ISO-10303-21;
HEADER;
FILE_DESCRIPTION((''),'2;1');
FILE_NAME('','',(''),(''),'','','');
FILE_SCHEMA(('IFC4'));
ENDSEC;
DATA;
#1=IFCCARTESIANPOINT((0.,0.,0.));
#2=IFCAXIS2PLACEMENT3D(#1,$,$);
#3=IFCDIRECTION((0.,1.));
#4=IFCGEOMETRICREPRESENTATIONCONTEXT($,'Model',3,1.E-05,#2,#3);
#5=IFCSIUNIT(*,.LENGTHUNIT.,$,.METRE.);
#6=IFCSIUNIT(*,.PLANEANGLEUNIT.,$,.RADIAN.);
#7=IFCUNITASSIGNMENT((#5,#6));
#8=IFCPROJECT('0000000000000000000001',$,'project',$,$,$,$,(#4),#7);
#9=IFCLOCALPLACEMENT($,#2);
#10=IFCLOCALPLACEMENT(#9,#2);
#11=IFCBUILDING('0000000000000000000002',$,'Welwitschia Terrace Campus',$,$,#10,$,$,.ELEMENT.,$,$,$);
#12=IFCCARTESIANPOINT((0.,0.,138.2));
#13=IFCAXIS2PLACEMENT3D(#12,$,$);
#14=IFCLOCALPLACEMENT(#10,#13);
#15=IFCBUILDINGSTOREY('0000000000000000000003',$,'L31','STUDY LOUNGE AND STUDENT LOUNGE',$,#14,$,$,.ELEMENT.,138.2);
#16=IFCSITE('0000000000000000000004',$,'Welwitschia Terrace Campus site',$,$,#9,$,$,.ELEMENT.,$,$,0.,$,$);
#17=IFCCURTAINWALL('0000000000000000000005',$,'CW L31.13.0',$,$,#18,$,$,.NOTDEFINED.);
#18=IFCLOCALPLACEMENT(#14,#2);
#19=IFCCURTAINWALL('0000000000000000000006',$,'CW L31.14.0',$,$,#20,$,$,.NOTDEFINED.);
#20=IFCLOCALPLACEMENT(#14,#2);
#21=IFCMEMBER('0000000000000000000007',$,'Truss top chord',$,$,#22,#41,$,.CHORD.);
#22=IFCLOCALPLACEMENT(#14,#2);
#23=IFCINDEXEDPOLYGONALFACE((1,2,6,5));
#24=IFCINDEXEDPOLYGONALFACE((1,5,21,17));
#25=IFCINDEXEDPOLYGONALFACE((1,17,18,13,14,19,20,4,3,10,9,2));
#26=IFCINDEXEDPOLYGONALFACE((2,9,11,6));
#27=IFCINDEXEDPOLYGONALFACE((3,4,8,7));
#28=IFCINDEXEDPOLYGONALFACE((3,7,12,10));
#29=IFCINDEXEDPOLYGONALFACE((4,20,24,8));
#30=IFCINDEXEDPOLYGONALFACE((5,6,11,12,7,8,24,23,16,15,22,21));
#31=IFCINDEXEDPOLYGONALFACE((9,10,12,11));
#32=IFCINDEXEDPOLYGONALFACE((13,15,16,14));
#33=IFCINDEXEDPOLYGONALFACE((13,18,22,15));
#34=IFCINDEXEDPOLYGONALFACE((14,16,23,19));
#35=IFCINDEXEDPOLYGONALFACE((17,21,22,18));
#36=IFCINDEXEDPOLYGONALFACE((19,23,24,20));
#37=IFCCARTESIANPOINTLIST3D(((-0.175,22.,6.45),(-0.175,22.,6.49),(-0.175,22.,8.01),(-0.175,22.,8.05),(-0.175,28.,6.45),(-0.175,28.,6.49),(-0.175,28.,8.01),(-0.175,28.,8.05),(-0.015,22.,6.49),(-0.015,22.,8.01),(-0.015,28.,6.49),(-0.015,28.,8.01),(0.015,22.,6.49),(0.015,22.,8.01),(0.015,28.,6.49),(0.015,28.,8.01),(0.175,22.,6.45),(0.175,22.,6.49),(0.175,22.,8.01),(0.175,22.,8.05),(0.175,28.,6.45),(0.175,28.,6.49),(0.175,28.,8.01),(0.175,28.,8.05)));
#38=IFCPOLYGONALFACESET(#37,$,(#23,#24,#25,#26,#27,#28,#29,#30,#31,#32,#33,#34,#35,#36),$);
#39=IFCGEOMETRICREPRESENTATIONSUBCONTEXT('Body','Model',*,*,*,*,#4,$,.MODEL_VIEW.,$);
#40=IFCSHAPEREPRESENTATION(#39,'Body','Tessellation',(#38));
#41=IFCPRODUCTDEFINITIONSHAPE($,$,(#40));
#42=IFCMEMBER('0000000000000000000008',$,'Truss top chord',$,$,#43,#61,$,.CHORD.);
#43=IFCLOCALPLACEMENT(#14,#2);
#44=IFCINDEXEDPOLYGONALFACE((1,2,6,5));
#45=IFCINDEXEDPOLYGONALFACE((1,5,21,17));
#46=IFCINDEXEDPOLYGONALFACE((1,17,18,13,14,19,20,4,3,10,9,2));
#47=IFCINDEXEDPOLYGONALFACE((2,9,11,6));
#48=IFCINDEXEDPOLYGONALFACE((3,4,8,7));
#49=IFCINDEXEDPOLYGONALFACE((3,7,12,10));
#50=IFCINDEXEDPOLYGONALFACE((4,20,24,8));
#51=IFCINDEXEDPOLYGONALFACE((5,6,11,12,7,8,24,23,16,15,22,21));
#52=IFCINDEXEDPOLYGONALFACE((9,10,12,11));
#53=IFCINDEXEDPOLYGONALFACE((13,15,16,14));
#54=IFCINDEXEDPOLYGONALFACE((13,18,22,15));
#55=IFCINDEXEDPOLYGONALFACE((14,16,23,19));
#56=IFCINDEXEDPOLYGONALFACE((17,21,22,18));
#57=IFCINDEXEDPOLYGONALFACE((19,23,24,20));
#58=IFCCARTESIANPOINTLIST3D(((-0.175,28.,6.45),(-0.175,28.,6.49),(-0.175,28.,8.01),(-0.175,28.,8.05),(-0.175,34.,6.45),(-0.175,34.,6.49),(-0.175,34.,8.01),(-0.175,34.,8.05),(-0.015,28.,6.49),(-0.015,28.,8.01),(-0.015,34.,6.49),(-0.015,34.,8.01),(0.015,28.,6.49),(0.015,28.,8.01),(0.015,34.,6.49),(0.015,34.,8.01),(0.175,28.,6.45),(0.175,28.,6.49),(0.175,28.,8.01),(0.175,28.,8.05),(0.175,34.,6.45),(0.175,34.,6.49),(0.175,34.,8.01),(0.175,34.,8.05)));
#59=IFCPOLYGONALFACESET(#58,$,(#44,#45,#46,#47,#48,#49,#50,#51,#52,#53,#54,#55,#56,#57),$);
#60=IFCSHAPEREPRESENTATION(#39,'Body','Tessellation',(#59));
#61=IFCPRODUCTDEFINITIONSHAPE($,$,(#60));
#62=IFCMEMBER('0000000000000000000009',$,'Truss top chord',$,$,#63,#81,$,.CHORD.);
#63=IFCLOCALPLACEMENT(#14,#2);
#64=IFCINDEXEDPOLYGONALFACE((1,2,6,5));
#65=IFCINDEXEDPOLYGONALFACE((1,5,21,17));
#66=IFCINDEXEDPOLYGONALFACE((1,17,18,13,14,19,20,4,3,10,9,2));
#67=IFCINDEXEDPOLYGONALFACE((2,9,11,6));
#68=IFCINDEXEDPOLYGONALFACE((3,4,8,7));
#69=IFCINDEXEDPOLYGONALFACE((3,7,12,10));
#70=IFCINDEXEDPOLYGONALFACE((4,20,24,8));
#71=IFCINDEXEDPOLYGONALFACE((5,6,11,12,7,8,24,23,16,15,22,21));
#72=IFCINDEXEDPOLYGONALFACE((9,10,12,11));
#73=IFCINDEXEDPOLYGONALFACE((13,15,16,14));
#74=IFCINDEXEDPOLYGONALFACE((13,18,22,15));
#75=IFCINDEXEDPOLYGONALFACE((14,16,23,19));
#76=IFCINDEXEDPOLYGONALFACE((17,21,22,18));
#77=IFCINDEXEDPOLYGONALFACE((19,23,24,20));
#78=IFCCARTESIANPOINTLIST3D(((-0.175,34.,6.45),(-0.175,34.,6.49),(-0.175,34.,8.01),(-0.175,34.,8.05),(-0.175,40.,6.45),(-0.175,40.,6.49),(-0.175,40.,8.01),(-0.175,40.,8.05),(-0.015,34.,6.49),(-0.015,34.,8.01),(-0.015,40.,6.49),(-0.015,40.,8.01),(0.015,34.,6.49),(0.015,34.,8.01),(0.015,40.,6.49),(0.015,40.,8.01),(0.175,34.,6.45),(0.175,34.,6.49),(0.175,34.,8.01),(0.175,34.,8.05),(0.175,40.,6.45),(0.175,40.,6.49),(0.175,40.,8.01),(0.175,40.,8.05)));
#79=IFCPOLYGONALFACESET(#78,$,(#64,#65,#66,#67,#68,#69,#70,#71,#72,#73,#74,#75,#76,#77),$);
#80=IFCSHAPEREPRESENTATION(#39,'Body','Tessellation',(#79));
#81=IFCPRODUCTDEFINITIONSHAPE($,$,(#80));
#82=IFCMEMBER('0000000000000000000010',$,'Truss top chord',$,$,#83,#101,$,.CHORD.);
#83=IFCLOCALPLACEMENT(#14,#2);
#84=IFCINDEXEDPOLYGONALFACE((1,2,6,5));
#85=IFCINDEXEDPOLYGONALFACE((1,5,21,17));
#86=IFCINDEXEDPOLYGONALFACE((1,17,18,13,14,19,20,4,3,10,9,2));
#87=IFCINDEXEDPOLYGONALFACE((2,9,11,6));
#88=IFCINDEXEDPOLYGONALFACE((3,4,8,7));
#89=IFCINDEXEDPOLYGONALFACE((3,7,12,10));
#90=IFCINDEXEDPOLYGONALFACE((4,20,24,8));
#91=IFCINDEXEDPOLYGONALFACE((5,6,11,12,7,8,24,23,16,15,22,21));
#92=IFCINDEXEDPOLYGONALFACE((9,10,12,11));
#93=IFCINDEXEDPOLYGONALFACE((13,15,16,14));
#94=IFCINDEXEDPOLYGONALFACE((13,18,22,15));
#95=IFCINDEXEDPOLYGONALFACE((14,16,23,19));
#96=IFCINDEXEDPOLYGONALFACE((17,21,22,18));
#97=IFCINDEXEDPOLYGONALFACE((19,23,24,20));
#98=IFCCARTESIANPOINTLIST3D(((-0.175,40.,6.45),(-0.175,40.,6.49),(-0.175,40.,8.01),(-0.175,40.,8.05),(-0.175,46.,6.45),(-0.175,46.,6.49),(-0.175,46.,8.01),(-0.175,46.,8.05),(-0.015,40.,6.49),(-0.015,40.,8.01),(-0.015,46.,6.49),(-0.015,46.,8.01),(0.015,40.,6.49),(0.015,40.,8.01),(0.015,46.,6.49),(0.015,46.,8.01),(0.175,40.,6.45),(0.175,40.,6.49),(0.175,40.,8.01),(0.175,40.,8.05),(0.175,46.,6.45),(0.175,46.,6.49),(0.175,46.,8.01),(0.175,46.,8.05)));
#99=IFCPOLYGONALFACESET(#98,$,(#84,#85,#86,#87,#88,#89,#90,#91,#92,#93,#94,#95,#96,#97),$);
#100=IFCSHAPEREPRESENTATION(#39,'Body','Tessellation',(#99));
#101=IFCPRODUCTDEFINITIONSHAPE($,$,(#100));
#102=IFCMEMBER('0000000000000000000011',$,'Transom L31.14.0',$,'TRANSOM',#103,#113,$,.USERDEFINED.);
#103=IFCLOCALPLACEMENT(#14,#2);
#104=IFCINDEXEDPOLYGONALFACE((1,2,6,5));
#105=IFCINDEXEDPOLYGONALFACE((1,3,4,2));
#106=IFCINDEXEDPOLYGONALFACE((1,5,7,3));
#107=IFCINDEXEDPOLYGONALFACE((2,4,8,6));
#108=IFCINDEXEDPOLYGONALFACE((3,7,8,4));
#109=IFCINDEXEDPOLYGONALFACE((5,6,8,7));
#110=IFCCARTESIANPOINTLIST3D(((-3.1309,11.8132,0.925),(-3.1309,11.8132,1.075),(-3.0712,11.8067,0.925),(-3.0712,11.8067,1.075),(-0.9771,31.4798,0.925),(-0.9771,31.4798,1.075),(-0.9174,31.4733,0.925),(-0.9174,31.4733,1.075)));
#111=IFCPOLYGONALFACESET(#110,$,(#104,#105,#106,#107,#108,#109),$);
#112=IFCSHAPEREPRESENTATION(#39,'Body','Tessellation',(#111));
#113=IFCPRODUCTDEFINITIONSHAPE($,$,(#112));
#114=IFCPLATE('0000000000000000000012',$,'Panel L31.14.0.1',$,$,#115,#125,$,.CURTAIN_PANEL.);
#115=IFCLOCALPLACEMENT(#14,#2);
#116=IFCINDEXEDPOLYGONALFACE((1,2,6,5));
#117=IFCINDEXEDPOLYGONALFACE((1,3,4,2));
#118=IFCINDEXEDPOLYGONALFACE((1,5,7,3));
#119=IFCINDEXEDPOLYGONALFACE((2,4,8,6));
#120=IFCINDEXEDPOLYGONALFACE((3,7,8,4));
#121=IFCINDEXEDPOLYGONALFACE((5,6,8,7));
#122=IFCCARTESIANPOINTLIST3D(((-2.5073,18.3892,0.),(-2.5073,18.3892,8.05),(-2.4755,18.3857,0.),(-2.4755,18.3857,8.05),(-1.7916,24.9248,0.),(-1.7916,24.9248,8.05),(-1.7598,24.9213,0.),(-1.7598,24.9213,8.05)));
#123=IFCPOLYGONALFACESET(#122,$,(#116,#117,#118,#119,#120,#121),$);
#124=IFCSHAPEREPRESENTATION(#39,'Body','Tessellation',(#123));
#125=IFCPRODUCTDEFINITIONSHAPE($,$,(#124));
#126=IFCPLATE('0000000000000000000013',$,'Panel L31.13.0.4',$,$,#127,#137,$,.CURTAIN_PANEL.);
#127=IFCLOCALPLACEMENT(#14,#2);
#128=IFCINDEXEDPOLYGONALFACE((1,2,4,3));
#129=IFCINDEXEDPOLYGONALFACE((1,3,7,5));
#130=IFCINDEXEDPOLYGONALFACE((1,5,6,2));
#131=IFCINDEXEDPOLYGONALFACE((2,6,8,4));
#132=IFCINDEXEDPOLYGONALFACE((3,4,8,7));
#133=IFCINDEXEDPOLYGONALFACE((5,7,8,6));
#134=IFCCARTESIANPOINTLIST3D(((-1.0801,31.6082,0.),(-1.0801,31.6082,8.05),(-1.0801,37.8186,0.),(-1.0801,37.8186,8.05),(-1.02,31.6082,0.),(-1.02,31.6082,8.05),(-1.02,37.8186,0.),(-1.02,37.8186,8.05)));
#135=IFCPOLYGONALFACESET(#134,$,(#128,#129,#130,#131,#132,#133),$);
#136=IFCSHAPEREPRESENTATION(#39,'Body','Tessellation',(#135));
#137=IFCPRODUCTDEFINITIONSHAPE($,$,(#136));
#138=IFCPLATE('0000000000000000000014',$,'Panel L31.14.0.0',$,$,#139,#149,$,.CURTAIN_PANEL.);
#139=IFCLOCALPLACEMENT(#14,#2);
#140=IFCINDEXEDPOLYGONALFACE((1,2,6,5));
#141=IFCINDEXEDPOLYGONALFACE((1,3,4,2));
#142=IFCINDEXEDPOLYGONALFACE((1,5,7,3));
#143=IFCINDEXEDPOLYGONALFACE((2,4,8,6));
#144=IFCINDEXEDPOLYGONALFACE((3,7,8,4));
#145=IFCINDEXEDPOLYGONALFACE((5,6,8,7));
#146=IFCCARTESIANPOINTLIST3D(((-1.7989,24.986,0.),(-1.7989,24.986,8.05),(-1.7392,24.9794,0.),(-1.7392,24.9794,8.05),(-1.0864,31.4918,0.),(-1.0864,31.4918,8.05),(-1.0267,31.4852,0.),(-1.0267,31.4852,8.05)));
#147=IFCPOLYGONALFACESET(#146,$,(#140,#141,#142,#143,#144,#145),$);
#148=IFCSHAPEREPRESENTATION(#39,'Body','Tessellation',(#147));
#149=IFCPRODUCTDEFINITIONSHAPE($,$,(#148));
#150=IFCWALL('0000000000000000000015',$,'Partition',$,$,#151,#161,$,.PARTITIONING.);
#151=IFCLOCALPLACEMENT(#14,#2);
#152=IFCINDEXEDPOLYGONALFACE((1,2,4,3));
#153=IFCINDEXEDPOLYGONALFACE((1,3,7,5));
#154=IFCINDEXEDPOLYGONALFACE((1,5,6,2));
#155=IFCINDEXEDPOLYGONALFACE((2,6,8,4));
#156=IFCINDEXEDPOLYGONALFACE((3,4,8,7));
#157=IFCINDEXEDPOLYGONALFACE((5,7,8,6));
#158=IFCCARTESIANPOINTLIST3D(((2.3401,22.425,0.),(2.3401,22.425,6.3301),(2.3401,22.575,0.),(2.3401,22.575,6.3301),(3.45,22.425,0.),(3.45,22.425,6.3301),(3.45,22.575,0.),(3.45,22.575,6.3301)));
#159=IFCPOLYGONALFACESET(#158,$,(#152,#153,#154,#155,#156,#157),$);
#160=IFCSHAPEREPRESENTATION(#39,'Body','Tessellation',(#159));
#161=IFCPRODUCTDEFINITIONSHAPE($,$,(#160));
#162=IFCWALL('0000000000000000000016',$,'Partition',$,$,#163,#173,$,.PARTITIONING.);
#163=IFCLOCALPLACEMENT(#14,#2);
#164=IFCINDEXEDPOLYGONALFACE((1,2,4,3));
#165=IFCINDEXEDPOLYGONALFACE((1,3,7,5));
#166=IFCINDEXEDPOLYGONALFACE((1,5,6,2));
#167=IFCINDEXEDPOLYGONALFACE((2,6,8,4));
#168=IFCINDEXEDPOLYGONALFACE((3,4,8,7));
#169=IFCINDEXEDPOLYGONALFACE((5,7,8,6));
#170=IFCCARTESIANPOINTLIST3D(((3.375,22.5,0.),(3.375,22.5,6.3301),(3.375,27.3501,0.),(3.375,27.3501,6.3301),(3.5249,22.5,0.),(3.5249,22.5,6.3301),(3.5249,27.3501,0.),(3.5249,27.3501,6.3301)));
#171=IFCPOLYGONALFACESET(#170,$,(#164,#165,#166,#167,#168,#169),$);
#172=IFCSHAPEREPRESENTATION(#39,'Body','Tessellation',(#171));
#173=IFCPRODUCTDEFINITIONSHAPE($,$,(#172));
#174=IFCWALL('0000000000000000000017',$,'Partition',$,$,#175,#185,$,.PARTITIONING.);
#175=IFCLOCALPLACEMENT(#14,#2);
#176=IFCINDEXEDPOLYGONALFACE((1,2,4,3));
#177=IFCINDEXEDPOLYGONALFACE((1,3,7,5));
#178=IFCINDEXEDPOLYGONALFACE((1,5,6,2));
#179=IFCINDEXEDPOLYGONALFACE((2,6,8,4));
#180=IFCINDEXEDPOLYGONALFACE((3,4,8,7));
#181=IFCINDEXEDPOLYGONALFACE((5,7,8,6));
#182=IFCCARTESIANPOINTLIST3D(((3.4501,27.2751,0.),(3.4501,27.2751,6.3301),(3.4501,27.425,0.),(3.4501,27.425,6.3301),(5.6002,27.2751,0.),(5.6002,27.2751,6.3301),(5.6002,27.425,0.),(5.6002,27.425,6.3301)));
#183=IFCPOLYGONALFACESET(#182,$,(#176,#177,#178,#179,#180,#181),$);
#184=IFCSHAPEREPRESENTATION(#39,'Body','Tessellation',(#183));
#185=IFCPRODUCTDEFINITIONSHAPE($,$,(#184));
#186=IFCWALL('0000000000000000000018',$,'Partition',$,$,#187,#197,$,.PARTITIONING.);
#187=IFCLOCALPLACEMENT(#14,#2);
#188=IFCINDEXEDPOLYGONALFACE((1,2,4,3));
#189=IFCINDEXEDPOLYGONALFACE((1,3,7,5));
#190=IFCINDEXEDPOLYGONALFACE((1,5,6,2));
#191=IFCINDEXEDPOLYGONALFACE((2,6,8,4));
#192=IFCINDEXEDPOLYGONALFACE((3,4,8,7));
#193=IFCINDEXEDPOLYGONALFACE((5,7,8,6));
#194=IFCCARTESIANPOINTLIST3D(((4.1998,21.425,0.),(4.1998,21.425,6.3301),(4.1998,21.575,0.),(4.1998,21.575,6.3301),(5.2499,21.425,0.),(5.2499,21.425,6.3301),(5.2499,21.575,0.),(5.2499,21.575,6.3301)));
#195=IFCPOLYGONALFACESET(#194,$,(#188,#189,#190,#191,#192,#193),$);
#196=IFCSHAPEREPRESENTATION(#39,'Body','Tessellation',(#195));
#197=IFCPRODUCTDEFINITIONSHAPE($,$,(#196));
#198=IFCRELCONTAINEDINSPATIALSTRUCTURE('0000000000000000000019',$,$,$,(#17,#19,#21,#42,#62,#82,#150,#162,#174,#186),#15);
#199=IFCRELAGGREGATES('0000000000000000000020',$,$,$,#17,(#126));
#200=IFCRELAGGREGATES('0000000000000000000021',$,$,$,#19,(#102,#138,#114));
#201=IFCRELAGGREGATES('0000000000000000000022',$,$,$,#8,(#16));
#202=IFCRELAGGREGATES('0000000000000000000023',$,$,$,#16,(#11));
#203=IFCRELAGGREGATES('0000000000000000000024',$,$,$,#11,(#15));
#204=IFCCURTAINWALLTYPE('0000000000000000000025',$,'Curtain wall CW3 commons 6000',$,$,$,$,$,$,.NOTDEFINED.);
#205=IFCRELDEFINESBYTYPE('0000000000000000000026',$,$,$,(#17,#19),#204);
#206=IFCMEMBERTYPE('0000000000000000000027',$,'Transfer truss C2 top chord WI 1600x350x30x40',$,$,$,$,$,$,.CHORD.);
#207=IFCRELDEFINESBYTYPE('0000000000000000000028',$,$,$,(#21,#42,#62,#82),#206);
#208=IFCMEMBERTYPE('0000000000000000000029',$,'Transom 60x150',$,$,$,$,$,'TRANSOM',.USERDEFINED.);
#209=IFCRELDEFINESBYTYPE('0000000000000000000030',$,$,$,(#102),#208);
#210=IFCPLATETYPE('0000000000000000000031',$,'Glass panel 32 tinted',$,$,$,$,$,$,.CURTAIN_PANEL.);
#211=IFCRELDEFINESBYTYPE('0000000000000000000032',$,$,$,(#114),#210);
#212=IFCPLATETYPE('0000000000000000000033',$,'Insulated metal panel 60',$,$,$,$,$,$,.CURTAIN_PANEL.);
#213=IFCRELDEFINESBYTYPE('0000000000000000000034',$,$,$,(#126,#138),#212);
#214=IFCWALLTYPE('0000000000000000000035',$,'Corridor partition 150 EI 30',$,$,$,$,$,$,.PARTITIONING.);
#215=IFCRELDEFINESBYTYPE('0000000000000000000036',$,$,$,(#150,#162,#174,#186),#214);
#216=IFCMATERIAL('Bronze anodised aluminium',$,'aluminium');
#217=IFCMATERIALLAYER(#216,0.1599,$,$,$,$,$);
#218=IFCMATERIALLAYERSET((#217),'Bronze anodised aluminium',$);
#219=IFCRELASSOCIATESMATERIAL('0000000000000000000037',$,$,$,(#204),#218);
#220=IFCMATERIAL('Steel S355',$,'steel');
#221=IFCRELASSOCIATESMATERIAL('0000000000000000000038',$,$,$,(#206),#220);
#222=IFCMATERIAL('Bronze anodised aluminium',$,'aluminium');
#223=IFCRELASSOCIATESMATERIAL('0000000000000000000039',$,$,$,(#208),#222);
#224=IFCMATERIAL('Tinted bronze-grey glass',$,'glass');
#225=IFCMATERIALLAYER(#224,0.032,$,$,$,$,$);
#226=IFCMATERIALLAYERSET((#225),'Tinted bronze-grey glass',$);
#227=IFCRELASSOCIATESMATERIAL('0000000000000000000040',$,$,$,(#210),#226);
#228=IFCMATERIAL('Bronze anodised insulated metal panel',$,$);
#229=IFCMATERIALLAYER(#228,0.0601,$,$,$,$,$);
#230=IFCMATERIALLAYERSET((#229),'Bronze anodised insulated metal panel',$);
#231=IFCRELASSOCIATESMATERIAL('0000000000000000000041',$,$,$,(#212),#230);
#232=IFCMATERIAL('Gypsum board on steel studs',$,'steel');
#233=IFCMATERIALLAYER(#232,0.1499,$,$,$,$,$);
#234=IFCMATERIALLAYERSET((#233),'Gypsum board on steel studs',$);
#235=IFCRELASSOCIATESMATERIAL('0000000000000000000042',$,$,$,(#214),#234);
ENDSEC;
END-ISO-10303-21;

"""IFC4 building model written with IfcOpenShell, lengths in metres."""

from ifc_helpers import new_model, si_unit, direction, frame, frame_2d, origin, origin_2d, place, context, subcontext, project, spatial, rectangle, i_section, extrude, material, layer, layer_set, material_profile, profile_set, type_object, element, aggregate, save


model = new_model("IFC4")

# Units and contexts
model_context = context("Model", 3, precision=1e-05, world=origin(), true_north=direction((0.0, 1.0)))
body_context = subcontext(model_context, "Body", "Model", "MODEL_VIEW")
ifc_project = project(units=[si_unit("LENGTHUNIT", "METRE"), si_unit("PLANEANGLEUNIT", "RADIAN")], contexts=[model_context])

# Site, building, storey
site_placement = place(None, origin())
site = spatial("IfcSite", under=ifc_project, at=site_placement, Name="Welwitschia Terrace Campus site", CompositionType="ELEMENT", RefElevation=0.0)
building_placement = place(site_placement, origin())
building = spatial("IfcBuilding", under=site, at=building_placement, Name="Welwitschia Terrace Campus", CompositionType="ELEMENT")
storey_placement = place(building_placement, frame((0.0, 0.0, 138.2)))
storey = spatial("IfcBuildingStorey", under=building, at=storey_placement, Name="L31", Description="STUDY LOUNGE AND STUDENT LOUNGE", CompositionType="ELEMENT", Elevation=138.2)

# Curtain walls
ifc_material_1 = material(Name="Bronze anodised aluminium", Category="aluminium")
ifc_layer_1 = layer(ifc_material_1, 0.1599)
ifc_layer_set_1 = layer_set([ifc_layer_1], Name="Bronze anodised aluminium")
curtain_wall_type = type_object("IfcCurtainWallType", Name="Curtain wall CW3 commons 6000", PredefinedType="NOTDEFINED", material=ifc_layer_set_1)
curtain_wall_1_placement = place(storey_placement, origin())
curtain_wall_1 = element("IfcCurtainWall", 1, at=curtain_wall_1_placement, inside=storey, type_object=curtain_wall_type, Name="CW L31.13.0", PredefinedType="NOTDEFINED")
curtain_wall_2_placement = place(storey_placement, origin())
curtain_wall_2 = element("IfcCurtainWall", 2, at=curtain_wall_2_placement, inside=storey, type_object=curtain_wall_type, Name="CW L31.14.0", PredefinedType="NOTDEFINED")

# Members
ifc_material_2 = material(Name="Steel S355", Category="steel")
ifc_material_profile_1 = material_profile(ifc_material_2, i_section(OverallWidth=0.3501, OverallDepth=1.6001, WebThickness=0.03, FlangeThickness=0.04, at=origin_2d()))
ifc_profile_set_1 = profile_set([ifc_material_profile_1], Name="Steel S355")
member_type_1 = type_object("IfcMemberType", Name="Transfer truss C2 top chord WI 1600x350x30x40", PredefinedType="CHORD", material=ifc_profile_set_1)
for number, where, z_axis, x_axis, name in (
    (3, (0.0, 22.0, 7.25), (0.0, 1.0, 0.0), (-1.0, 0.0, 0.0), "Truss top chord"),
    (4, (0.0, 28.0, 7.25), (0.0, 1.0, 0.0), (-1.0, 0.0, 0.0), "Truss top chord"),
    (5, (0.0, 34.0, 7.25), (0.0, 1.0, 0.0), (-1.0, 0.0, 0.0), "Truss top chord"),
    (6, (0.0, 40.0, 7.25), (0.0, 1.0, 0.0), (-1.0, 0.0, 0.0), "Truss top chord"),
):
    element("IfcMember", number, at=place(storey_placement, frame(where, z_axis=z_axis, x_axis=x_axis)), inside=storey, type_object=member_type_1, Name=name, PredefinedType="CHORD", context=body_context, shape_type="SweptSolid", body=[
        extrude(i_section(OverallWidth=0.3501, OverallDepth=1.6001, WebThickness=0.03, FlangeThickness=0.04, at=origin_2d()), origin(), (0.0, 0.0, 1.0), 6.0),
    ])

# Member
ifc_material_3 = material(Name="Bronze anodised aluminium", Category="aluminium")
ifc_material_profile_2 = material_profile(ifc_material_3, rectangle(XDim=0.0601, YDim=0.1499, at=origin_2d()))
ifc_profile_set_2 = profile_set([ifc_material_profile_2], Name="Bronze anodised aluminium")
member_type_2 = type_object("IfcMemberType", Name="Transom 60x150", ElementType="TRANSOM", PredefinedType="USERDEFINED", material=ifc_profile_set_2)
member_1_placement = place(storey_placement, frame((-0.9473, 31.4766, 1.0), z_axis=(-0.108866, -0.994056, 0.0), x_axis=(0.994056, -0.108866, 0.0)))
member_1 = element("IfcMember", 7, at=member_1_placement, type_object=member_type_2, Name="Transom L31.14.0", ObjectType="TRANSOM", PredefinedType="USERDEFINED", context=body_context, shape_type="SweptSolid", body=[
    extrude(rectangle(XDim=0.0601, YDim=0.1499, at=origin_2d()), origin(), (0.0, 0.0, 1.0), 19.7842),
])

# Plates
ifc_material_4 = material(Name="Tinted bronze-grey glass", Category="glass")
ifc_layer_2 = layer(ifc_material_4, 0.032)
ifc_layer_set_2 = layer_set([ifc_layer_2], Name="Tinted bronze-grey glass")
plate_type_1 = type_object("IfcPlateType", Name="Glass panel 32 tinted", PredefinedType="CURTAIN_PANEL", material=ifc_layer_set_2)
plate_1_placement = place(storey_placement, frame((-2.1335, 21.6553, 0.0), z_axis=(0.0, 0.0, 1.0), x_axis=(-0.108867, -0.994056, 0.0)))
plate_1 = element("IfcPlate", 8, at=plate_1_placement, type_object=plate_type_1, Name="Panel L31.14.0.1", PredefinedType="CURTAIN_PANEL", context=body_context, shape_type="SweptSolid", body=[
    extrude(rectangle(XDim=6.5747, YDim=0.032, at=origin_2d()), origin(), (0.0, 0.0, 1.0), 8.05),
])
ifc_material_5 = material(Name="Bronze anodised insulated metal panel")
ifc_layer_3 = layer(ifc_material_5, 0.0601)
ifc_layer_set_3 = layer_set([ifc_layer_3], Name="Bronze anodised insulated metal panel")
plate_type_2 = type_object("IfcPlateType", Name="Insulated metal panel 60", PredefinedType="CURTAIN_PANEL", material=ifc_layer_set_3)
plate_2_placement = place(storey_placement, frame((-1.05, 34.7134, 0.0), z_axis=(0.0, 0.0, 1.0), x_axis=(0.0, -1.0, 0.0)))
plate_2 = element("IfcPlate", 9, at=plate_2_placement, type_object=plate_type_2, Name="Panel L31.13.0.4", PredefinedType="CURTAIN_PANEL", context=body_context, shape_type="SweptSolid", body=[
    extrude(rectangle(XDim=6.2104, YDim=0.0601, at=origin_2d()), origin(), (0.0, 0.0, 1.0), 8.05),
])
aggregate(curtain_wall_1, [plate_2])
plate_3_placement = place(storey_placement, frame((-1.4128, 28.2356, 0.0), z_axis=(0.0, 0.0, 1.0), x_axis=(-0.108867, -0.994056, 0.0)))
plate_3 = element("IfcPlate", 10, at=plate_3_placement, type_object=plate_type_2, Name="Panel L31.14.0.0", PredefinedType="CURTAIN_PANEL", context=body_context, shape_type="SweptSolid", body=[
    extrude(rectangle(XDim=6.5447, YDim=0.0601, at=origin_2d()), origin(), (0.0, 0.0, 1.0), 8.05),
])
aggregate(curtain_wall_2, [member_1, plate_3, plate_1])

# Walls
ifc_material_6 = material(Name="Gypsum board on steel studs", Category="steel")
ifc_layer_4 = layer(ifc_material_6, 0.1499)
ifc_layer_set_4 = layer_set([ifc_layer_4], Name="Gypsum board on steel studs")
wall_type = type_object("IfcWallType", Name="Corridor partition 150 EI 30", PredefinedType="PARTITIONING", material=ifc_layer_set_4)
wall_1_placement = place(storey_placement, frame((2.3401, 22.5, 0.0), z_axis=(0.0, 0.0, 1.0), x_axis=(1.0, 0.0, 0.0)))
element("IfcWall", 11, at=wall_1_placement, inside=storey, type_object=wall_type, Name="Partition", PredefinedType="PARTITIONING", context=body_context, shape_type="SweptSolid", body=[
    extrude(rectangle(XDim=1.1099, YDim=0.1499, at=frame_2d((0.5549, 0.0))), origin(), (0.0, 0.0, 1.0), 6.3301),
])
wall_2_placement = place(storey_placement, frame((3.45, 22.5, 0.0), z_axis=(0.0, 0.0, 1.0), x_axis=(0.0, 1.0, 0.0)))
element("IfcWall", 12, at=wall_2_placement, inside=storey, type_object=wall_type, Name="Partition", PredefinedType="PARTITIONING", context=body_context, shape_type="SweptSolid", body=[
    extrude(rectangle(XDim=4.8501, YDim=0.1499, at=frame_2d((2.425, 0.0))), origin(), (0.0, 0.0, 1.0), 6.3301),
])
wall_3_placement = place(storey_placement, frame((3.45, 27.3501, 0.0), z_axis=(0.0, 0.0, 1.0), x_axis=(1.0, 0.0, 0.0)))
element("IfcWall", 13, at=wall_3_placement, inside=storey, type_object=wall_type, Name="Partition", PredefinedType="PARTITIONING", context=body_context, shape_type="SweptSolid", body=[
    extrude(rectangle(XDim=2.1501, YDim=0.1499, at=frame_2d((1.0752, 0.0))), origin(), (0.0, 0.0, 1.0), 6.3301),
])
wall_4_placement = place(storey_placement, frame((4.2, 21.5, 0.0), z_axis=(0.0, 0.0, 1.0), x_axis=(1.0, 0.0, 0.0)))
element("IfcWall", 14, at=wall_4_placement, inside=storey, type_object=wall_type, Name="Partition", PredefinedType="PARTITIONING", context=body_context, shape_type="SweptSolid", body=[
    extrude(rectangle(XDim=1.05, YDim=0.1499, at=frame_2d((0.5249, 0.0))), origin(), (0.0, 0.0, 1.0), 6.3301),
])

save(model, "model.ifc")
